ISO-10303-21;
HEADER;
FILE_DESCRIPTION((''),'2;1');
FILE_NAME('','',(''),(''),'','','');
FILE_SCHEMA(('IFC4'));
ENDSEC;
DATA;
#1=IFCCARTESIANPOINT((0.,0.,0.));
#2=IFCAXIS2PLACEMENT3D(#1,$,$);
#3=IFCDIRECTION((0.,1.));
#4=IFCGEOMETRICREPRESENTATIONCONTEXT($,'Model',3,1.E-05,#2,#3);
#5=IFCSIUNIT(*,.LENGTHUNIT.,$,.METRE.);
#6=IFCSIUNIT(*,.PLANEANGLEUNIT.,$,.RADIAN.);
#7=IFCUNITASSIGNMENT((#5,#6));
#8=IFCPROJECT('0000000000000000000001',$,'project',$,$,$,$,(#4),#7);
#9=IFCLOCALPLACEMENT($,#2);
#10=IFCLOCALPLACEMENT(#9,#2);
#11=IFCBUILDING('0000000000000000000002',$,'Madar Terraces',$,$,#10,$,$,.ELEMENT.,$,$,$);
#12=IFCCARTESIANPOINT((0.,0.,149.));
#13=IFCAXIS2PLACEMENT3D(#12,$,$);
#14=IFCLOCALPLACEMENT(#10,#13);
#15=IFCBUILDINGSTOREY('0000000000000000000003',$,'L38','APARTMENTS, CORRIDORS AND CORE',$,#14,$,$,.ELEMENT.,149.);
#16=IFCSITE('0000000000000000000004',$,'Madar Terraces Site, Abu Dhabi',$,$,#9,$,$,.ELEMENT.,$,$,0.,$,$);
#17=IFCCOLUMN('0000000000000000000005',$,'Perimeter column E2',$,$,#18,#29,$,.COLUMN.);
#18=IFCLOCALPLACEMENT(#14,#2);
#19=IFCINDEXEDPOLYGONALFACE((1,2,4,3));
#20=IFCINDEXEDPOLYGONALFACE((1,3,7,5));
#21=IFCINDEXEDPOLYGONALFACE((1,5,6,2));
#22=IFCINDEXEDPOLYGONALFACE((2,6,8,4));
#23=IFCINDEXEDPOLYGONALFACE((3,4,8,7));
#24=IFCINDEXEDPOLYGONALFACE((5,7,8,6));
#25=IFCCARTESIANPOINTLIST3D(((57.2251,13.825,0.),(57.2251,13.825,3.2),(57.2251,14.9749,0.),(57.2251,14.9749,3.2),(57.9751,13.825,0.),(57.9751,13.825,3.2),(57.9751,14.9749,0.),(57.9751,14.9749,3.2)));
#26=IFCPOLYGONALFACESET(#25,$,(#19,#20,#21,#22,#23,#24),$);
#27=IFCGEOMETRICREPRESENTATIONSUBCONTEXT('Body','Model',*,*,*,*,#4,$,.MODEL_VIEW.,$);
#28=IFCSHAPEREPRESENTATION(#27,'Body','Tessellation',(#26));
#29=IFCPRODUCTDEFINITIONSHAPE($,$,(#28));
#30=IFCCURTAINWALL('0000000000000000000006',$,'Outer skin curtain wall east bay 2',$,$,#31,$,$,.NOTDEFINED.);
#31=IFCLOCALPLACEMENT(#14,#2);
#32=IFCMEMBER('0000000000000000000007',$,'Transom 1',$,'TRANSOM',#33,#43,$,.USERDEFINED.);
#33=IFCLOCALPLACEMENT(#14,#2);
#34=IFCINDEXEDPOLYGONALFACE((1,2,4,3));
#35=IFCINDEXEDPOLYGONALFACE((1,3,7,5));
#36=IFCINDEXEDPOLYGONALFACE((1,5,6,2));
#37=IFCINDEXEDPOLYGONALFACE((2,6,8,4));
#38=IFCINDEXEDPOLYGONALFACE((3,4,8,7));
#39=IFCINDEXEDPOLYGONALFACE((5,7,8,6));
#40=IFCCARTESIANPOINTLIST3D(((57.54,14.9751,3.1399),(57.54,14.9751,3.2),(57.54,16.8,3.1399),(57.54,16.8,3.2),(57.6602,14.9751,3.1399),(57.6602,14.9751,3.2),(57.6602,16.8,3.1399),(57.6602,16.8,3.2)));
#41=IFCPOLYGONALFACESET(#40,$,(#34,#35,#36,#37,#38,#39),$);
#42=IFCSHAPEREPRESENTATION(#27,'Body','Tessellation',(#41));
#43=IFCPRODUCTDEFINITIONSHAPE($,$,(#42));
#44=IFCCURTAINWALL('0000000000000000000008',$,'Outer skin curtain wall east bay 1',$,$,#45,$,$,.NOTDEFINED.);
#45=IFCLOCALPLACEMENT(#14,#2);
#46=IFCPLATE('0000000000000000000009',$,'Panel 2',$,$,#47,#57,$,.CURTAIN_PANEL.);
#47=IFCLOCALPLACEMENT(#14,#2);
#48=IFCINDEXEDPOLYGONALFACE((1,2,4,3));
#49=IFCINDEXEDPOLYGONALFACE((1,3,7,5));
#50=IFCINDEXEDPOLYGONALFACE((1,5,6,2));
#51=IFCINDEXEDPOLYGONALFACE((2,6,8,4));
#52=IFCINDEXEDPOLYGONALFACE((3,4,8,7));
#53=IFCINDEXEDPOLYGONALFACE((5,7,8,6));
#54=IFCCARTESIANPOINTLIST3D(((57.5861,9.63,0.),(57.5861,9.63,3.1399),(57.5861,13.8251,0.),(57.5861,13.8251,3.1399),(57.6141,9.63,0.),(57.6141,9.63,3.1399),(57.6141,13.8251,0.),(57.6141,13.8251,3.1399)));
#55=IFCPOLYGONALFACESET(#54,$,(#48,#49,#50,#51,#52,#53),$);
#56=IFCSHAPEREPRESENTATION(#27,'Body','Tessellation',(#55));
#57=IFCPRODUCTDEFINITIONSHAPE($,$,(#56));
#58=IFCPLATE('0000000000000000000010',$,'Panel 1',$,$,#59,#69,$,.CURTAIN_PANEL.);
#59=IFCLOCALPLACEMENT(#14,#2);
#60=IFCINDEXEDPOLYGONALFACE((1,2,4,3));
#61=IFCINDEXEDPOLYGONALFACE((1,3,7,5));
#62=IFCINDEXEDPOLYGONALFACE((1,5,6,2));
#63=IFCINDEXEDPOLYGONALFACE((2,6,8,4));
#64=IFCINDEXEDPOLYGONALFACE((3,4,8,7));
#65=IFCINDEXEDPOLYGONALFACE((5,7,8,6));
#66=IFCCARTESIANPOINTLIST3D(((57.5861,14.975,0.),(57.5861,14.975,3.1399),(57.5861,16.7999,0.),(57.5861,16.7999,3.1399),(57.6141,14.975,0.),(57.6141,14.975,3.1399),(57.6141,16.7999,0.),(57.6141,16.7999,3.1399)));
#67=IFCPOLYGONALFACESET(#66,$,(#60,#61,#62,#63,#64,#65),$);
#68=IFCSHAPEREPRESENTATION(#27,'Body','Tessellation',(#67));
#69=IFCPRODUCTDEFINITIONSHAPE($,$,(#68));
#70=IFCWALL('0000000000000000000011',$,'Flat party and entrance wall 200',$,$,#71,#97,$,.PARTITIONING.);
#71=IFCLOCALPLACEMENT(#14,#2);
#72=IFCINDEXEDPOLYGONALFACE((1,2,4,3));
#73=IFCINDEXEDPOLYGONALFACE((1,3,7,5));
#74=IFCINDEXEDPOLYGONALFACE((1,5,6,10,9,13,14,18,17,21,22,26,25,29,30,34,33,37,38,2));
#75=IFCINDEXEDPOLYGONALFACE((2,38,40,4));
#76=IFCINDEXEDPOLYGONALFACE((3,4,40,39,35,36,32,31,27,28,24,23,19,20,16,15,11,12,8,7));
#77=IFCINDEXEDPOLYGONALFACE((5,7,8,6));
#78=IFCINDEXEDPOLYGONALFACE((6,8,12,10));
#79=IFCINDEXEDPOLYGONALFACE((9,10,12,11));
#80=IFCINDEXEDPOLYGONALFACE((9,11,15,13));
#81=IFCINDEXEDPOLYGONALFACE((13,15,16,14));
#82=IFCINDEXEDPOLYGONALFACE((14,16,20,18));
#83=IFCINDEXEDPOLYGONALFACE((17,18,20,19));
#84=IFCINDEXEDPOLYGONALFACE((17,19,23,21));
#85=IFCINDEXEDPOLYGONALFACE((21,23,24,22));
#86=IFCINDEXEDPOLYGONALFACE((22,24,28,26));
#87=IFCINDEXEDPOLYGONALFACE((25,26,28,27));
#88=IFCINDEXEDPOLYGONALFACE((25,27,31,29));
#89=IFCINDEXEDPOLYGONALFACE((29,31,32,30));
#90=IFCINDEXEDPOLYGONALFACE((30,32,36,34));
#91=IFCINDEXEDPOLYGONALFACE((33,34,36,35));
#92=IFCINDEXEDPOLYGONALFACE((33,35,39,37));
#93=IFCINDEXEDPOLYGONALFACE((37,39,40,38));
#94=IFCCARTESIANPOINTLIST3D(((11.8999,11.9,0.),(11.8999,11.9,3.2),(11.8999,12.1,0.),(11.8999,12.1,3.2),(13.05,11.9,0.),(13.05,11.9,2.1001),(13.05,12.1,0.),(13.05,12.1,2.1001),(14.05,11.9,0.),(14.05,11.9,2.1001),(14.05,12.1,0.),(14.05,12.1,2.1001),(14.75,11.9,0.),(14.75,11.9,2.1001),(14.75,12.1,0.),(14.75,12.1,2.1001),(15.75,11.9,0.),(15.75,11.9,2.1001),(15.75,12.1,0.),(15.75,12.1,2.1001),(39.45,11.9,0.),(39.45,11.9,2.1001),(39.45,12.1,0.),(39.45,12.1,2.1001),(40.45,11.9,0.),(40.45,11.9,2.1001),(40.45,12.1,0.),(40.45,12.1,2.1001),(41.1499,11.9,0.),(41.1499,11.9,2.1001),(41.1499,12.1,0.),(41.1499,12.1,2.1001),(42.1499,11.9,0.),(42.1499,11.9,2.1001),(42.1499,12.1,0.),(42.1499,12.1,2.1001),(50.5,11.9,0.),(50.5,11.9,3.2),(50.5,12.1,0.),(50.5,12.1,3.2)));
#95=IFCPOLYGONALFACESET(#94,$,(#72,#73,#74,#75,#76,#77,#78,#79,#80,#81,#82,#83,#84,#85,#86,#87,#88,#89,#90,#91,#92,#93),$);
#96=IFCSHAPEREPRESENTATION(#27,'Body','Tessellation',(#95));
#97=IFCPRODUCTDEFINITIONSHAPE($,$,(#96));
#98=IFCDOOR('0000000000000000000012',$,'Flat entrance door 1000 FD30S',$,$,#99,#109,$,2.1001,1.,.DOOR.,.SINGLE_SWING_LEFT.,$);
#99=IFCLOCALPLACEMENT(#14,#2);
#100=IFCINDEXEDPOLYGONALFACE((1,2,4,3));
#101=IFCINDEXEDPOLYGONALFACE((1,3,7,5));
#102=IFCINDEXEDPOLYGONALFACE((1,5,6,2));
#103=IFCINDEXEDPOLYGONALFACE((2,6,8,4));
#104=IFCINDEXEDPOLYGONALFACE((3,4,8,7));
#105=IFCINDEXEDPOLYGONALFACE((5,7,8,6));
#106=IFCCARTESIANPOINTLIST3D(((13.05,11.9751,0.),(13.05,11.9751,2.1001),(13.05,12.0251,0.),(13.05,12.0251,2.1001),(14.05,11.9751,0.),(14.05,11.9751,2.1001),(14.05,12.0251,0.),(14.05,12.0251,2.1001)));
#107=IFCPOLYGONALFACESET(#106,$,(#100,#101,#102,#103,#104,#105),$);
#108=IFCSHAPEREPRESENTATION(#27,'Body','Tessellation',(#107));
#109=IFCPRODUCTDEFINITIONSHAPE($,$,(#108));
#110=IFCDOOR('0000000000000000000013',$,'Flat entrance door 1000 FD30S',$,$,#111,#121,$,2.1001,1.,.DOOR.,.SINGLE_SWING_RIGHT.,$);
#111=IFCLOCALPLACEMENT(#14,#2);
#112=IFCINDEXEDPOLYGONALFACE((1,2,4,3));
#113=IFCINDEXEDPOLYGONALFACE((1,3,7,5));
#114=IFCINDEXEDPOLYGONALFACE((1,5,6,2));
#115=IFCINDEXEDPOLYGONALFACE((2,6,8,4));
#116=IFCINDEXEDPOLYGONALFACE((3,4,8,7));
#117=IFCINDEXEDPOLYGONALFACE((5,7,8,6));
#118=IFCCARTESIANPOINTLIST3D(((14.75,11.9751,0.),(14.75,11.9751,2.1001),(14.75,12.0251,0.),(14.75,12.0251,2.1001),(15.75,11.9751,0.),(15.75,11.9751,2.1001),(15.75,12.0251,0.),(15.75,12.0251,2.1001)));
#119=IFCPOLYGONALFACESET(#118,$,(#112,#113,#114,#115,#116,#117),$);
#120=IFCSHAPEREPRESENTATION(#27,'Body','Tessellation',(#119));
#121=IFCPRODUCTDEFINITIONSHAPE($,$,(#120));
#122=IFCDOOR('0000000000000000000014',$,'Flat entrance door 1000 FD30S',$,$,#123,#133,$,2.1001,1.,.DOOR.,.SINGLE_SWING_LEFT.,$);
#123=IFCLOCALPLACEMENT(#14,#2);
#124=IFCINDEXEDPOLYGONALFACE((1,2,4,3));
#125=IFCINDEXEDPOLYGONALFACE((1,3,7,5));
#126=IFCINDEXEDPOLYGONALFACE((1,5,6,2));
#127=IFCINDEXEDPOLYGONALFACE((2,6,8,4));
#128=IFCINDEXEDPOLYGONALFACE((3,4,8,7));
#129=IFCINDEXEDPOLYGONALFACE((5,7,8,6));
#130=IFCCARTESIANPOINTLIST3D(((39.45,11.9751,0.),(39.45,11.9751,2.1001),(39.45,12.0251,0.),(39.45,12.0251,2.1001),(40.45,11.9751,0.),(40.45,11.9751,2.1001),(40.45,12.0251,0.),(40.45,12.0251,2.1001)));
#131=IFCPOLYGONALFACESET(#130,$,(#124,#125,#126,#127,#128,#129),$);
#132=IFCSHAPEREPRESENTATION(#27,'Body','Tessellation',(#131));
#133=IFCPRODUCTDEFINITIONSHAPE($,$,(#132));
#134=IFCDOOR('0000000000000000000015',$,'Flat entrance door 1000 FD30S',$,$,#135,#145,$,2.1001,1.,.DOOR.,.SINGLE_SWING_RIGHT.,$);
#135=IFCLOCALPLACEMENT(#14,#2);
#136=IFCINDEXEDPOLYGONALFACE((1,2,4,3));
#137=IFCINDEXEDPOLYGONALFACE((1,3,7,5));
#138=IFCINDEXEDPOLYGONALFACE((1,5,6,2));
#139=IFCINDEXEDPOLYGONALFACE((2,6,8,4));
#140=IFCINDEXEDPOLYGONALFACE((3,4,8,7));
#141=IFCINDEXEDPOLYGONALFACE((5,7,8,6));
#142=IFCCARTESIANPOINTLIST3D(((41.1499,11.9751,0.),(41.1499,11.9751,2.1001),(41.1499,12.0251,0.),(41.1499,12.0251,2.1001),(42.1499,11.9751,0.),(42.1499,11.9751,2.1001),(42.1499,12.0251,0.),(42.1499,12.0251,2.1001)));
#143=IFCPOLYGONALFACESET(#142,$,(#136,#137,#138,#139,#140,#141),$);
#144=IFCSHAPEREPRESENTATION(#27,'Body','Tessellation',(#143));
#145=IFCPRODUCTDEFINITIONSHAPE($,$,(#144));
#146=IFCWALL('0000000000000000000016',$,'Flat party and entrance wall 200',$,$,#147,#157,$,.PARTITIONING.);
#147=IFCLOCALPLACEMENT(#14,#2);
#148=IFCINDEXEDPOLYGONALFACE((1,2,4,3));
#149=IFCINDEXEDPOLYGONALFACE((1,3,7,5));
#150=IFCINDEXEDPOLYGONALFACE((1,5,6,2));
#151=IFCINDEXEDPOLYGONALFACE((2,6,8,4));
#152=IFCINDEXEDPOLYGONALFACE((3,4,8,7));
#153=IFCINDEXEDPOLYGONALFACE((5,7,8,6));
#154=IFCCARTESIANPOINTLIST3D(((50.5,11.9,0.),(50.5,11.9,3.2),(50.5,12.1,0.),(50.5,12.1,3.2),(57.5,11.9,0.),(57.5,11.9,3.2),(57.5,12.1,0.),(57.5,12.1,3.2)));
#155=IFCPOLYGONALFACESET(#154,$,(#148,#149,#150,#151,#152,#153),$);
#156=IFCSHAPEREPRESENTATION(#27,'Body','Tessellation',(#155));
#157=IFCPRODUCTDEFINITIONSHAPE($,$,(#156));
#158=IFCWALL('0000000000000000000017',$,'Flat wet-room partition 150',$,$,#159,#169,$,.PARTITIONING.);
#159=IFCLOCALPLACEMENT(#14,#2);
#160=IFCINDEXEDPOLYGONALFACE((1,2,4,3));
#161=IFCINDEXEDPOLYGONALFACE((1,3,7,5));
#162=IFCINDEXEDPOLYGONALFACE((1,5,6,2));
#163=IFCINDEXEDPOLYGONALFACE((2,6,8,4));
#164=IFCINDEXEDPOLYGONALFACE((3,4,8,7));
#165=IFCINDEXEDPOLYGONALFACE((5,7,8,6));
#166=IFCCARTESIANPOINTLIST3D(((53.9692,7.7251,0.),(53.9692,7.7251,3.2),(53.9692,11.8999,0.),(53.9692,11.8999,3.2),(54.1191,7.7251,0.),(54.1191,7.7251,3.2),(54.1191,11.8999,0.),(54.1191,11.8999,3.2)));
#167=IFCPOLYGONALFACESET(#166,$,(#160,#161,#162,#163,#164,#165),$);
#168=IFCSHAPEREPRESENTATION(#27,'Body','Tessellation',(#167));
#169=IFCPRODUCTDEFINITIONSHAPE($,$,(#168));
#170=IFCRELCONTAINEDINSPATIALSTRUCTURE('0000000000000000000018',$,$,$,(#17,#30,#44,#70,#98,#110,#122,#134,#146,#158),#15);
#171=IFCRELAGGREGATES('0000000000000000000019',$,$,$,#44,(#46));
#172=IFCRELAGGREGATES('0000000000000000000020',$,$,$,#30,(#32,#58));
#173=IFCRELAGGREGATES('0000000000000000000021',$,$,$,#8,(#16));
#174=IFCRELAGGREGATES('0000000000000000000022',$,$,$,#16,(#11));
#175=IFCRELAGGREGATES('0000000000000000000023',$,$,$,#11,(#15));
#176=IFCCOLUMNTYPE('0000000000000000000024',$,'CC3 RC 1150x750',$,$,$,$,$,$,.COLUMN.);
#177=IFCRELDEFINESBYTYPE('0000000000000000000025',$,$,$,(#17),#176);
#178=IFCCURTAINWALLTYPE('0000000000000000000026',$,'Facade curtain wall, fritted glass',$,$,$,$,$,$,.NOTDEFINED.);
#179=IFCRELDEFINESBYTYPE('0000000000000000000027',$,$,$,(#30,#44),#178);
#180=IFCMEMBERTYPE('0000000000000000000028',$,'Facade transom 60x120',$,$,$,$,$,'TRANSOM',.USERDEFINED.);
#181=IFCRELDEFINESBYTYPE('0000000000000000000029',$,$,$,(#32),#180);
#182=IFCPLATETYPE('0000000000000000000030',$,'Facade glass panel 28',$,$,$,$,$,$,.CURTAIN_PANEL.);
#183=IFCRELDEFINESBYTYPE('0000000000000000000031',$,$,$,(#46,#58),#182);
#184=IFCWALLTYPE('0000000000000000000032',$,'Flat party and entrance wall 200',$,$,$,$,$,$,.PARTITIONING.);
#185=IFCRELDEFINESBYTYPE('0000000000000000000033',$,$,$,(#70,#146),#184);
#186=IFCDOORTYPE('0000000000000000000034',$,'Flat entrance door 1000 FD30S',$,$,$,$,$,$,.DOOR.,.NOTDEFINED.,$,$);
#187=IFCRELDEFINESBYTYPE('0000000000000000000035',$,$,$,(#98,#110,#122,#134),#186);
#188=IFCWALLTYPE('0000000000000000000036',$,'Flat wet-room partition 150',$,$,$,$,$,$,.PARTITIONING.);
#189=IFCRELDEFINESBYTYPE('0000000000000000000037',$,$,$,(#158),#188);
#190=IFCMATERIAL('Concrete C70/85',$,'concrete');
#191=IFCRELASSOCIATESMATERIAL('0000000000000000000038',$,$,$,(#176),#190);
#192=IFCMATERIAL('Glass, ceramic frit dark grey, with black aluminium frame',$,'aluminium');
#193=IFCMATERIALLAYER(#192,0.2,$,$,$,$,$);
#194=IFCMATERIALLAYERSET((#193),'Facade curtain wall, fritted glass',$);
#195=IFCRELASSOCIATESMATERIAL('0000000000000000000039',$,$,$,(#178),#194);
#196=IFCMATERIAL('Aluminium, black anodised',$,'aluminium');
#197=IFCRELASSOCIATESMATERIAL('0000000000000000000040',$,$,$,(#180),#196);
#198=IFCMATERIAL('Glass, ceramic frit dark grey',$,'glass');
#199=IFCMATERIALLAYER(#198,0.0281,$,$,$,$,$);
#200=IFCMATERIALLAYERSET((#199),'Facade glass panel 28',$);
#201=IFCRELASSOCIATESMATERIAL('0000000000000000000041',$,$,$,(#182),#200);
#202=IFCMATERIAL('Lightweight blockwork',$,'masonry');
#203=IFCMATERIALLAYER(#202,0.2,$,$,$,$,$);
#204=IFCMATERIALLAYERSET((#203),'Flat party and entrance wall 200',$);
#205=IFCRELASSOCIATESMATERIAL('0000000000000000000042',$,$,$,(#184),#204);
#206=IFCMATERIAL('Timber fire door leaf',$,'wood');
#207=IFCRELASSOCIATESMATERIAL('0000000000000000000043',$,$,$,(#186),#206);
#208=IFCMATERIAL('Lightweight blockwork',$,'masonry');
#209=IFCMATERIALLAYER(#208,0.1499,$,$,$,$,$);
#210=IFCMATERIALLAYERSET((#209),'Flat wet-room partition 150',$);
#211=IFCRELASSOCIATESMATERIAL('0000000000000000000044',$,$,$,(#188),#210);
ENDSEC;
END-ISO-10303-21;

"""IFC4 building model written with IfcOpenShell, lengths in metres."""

from ifc_helpers import new_model, si_unit, direction, frame, frame_2d, origin, origin_2d, place, context, subcontext, project, spatial, rectangle, extrude, material, layer, layer_set, material_profile, profile_set, type_object, element, fill, aggregate, save


model = new_model("IFC4")

# Units and contexts
model_context = context("Model", 3, precision=1e-05, world=origin(), true_north=direction((0.0, 1.0)))
body_context = subcontext(model_context, "Body", "Model", "MODEL_VIEW")
ifc_project = project(units=[si_unit("LENGTHUNIT", "METRE"), si_unit("PLANEANGLEUNIT", "RADIAN")], contexts=[model_context])

# Site, building, storey
site_placement = place(None, origin())
site = spatial("IfcSite", under=ifc_project, at=site_placement, Name="Madar Terraces Site, Abu Dhabi", CompositionType="ELEMENT", RefElevation=0.0)
building_placement = place(site_placement, origin())
building = spatial("IfcBuilding", under=site, at=building_placement, Name="Madar Terraces", CompositionType="ELEMENT")
storey_placement = place(building_placement, frame((0.0, 0.0, 149.0)))
storey = spatial("IfcBuildingStorey", under=building, at=storey_placement, Name="L38", Description="APARTMENTS, CORRIDORS AND CORE", CompositionType="ELEMENT", Elevation=149.0)

# Column
ifc_material_1 = material(Name="Concrete C70/85", Category="concrete")
ifc_material_profile_1 = material_profile(ifc_material_1, rectangle(XDim=1.1499, YDim=0.75, at=origin_2d()), Name="CC3 RC 1150x750")
ifc_profile_set_1 = profile_set([ifc_material_profile_1], Name="Concrete C70/85")
column_type = type_object("IfcColumnType", Name="CC3 RC 1150x750", PredefinedType="COLUMN", material=ifc_profile_set_1)
column_placement = place(storey_placement, frame((57.6001, 14.3999, 0.0), z_axis=(0.0, 0.0, 1.0), x_axis=(0.0, 1.0, 0.0)))
element("IfcColumn", 1, at=column_placement, inside=storey, type_object=column_type, Name="Perimeter column E2", PredefinedType="COLUMN", context=body_context, shape_type="SweptSolid", body=[
    extrude(rectangle(XDim=1.1499, YDim=0.75, at=origin_2d()), origin(), (0.0, 0.0, 1.0), 3.2),
])

# Curtain wall, member
ifc_material_2 = material(Name="Glass, ceramic frit dark grey, with black aluminium frame", Category="aluminium")
ifc_layer_1 = layer(ifc_material_2, 0.2)
ifc_layer_set_1 = layer_set([ifc_layer_1], Name="Facade curtain wall, fritted glass")
curtain_wall_type = type_object("IfcCurtainWallType", Name="Facade curtain wall, fritted glass", PredefinedType="NOTDEFINED", material=ifc_layer_set_1)
curtain_wall_1_placement = place(storey_placement, origin())
curtain_wall_1 = element("IfcCurtainWall", 2, at=curtain_wall_1_placement, inside=storey, type_object=curtain_wall_type, Name="Outer skin curtain wall east bay 2", PredefinedType="NOTDEFINED")
ifc_material_3 = material(Name="Aluminium, black anodised", Category="aluminium")
ifc_material_profile_2 = material_profile(ifc_material_3, rectangle(XDim=0.1201, YDim=0.0601, at=origin_2d()), Name="Facade transom 60x120")
ifc_profile_set_2 = profile_set([ifc_material_profile_2], Name="Aluminium, black anodised")
member_type = type_object("IfcMemberType", Name="Facade transom 60x120", ElementType="TRANSOM", PredefinedType="USERDEFINED", material=ifc_profile_set_2)
member_placement = place(storey_placement, frame((57.6001, 14.9751, 3.1699), z_axis=(0.0, 1.0, 0.0), x_axis=(-1.0, 0.0, 0.0)))
member = element("IfcMember", 3, at=member_placement, type_object=member_type, Name="Transom 1", ObjectType="TRANSOM", PredefinedType="USERDEFINED", context=body_context, shape_type="SweptSolid", body=[
    extrude(rectangle(XDim=0.1201, YDim=0.0601, at=origin_2d()), origin(), (0.0, 0.0, 1.0), 1.825),
])

# Curtain wall, plate
curtain_wall_2_placement = place(storey_placement, origin())
curtain_wall_2 = element("IfcCurtainWall", 4, at=curtain_wall_2_placement, inside=storey, type_object=curtain_wall_type, Name="Outer skin curtain wall east bay 1", PredefinedType="NOTDEFINED")
ifc_material_4 = material(Name="Glass, ceramic frit dark grey", Category="glass")
ifc_layer_2 = layer(ifc_material_4, 0.0281)
ifc_layer_set_2 = layer_set([ifc_layer_2], Name="Facade glass panel 28")
plate_type = type_object("IfcPlateType", Name="Facade glass panel 28", PredefinedType="CURTAIN_PANEL", material=ifc_layer_set_2)
plate_1_placement = place(storey_placement, frame((57.6001, 11.7275, 0.0), z_axis=(0.0, 0.0, 1.0), x_axis=(0.0, 1.0, 0.0)))
plate_1 = element("IfcPlate", 5, at=plate_1_placement, type_object=plate_type, Name="Panel 2", PredefinedType="CURTAIN_PANEL", context=body_context, shape_type="SweptSolid", body=[
    extrude(rectangle(XDim=4.1951, YDim=0.0281, at=origin_2d()), origin(), (0.0, 0.0, 1.0), 3.1399),
])
aggregate(curtain_wall_2, [plate_1])

# Plate
plate_2_placement = place(storey_placement, frame((57.6001, 15.8875, 0.0), z_axis=(0.0, 0.0, 1.0), x_axis=(0.0, 1.0, 0.0)))
plate_2 = element("IfcPlate", 6, at=plate_2_placement, type_object=plate_type, Name="Panel 1", PredefinedType="CURTAIN_PANEL", context=body_context, shape_type="SweptSolid", body=[
    extrude(rectangle(XDim=1.825, YDim=0.0281, at=origin_2d()), origin(), (0.0, 0.0, 1.0), 3.1399),
])
aggregate(curtain_wall_1, [member, plate_2])

# Wall, openings, doors
ifc_material_5 = material(Name="Lightweight blockwork", Category="masonry")
ifc_layer_3 = layer(ifc_material_5, 0.2)
ifc_layer_set_3 = layer_set([ifc_layer_3], Name="Flat party and entrance wall 200")
wall_type_1 = type_object("IfcWallType", Name="Flat party and entrance wall 200", PredefinedType="PARTITIONING", material=ifc_layer_set_3)
wall_1_placement = place(storey_placement, frame((50.5, 12.0, 0.0), z_axis=(0.0, 0.0, 1.0), x_axis=(-1.0, 0.0, 0.0)))
wall_1 = element("IfcWall", 7, at=wall_1_placement, inside=storey, type_object=wall_type_1, Name="Flat party and entrance wall 200", PredefinedType="PARTITIONING", context=body_context, shape_type="SweptSolid", body=[
    extrude(rectangle(XDim=38.6001, YDim=0.2, at=frame_2d((19.3, 0.0))), origin(), (0.0, 0.0, 1.0), 3.2),
])
opening_1_placement = place(wall_1_placement, frame((36.45, 0.0, 0.0)))
opening_1 = element("IfcOpeningElement", 8, at=opening_1_placement, cuts=wall_1, PredefinedType="OPENING", context=body_context, shape_type="SweptSolid", body=[
    extrude(rectangle(XDim=1.0, YDim=2.1001, at=frame_2d((0.5, 1.05))), frame((0.0, 0.1099, 0.0), z_axis=(0.0, -1.0, 0.0), x_axis=(1.0, 0.0, 0.0)), (0.0, 0.0, 1.0), 0.22),
])
opening_2_placement = place(wall_1_placement, frame((34.75, 0.0, 0.0)))
opening_2 = element("IfcOpeningElement", 9, at=opening_2_placement, cuts=wall_1, PredefinedType="OPENING", context=body_context, shape_type="SweptSolid", body=[
    extrude(rectangle(XDim=1.0, YDim=2.1001, at=frame_2d((0.5, 1.05))), frame((0.0, 0.1099, 0.0), z_axis=(0.0, -1.0, 0.0), x_axis=(1.0, 0.0, 0.0)), (0.0, 0.0, 1.0), 0.22),
])
opening_3_placement = place(wall_1_placement, frame((10.05, 0.0, 0.0)))
opening_3 = element("IfcOpeningElement", 10, at=opening_3_placement, cuts=wall_1, PredefinedType="OPENING", context=body_context, shape_type="SweptSolid", body=[
    extrude(rectangle(XDim=1.0, YDim=2.1001, at=frame_2d((0.5, 1.05))), frame((0.0, 0.1099, 0.0), z_axis=(0.0, -1.0, 0.0), x_axis=(1.0, 0.0, 0.0)), (0.0, 0.0, 1.0), 0.22),
])
opening_4_placement = place(wall_1_placement, frame((8.3501, 0.0, 0.0)))
opening_4 = element("IfcOpeningElement", 11, at=opening_4_placement, cuts=wall_1, PredefinedType="OPENING", context=body_context, shape_type="SweptSolid", body=[
    extrude(rectangle(XDim=1.0, YDim=2.1001, at=frame_2d((0.5, 1.05))), frame((0.0, 0.1099, 0.0), z_axis=(0.0, -1.0, 0.0), x_axis=(1.0, 0.0, 0.0)), (0.0, 0.0, 1.0), 0.22),
])
ifc_material_6 = material(Name="Timber fire door leaf", Category="wood")
door_type_1 = type_object("IfcDoorType", Name="Flat entrance door 1000 FD30S", OperationType="NOTDEFINED", PredefinedType="DOOR", material=ifc_material_6)
door_1_placement = place(opening_1_placement, origin())
door_1 = element("IfcDoor", 12, at=door_1_placement, inside=storey, type_object=door_type_1, Name="Flat entrance door 1000 FD30S", OperationType="SINGLE_SWING_LEFT", OverallHeight=2.1001, OverallWidth=1.0, PredefinedType="DOOR", context=body_context, shape_type="SweptSolid", body=[
    extrude(rectangle(XDim=1.0, YDim=2.1001, at=frame_2d((0.5, 1.05))), frame((0.0, 0.0249, 0.0), z_axis=(0.0, -1.0, 0.0), x_axis=(1.0, 0.0, 0.0)), (0.0, 0.0, 1.0), 0.05),
])
fill(opening_1, door_1)
door_2_placement = place(opening_2_placement, origin())
door_2 = element("IfcDoor", 13, at=door_2_placement, inside=storey, type_object=door_type_1, Name="Flat entrance door 1000 FD30S", OperationType="SINGLE_SWING_RIGHT", OverallHeight=2.1001, OverallWidth=1.0, PredefinedType="DOOR", context=body_context, shape_type="SweptSolid", body=[
    extrude(rectangle(XDim=1.0, YDim=2.1001, at=frame_2d((0.5, 1.05))), frame((0.0, 0.0249, 0.0), z_axis=(0.0, -1.0, 0.0), x_axis=(1.0, 0.0, 0.0)), (0.0, 0.0, 1.0), 0.05),
])
fill(opening_2, door_2)
door_3_placement = place(opening_3_placement, origin())
door_3 = element("IfcDoor", 14, at=door_3_placement, inside=storey, type_object=door_type_1, Name="Flat entrance door 1000 FD30S", OperationType="SINGLE_SWING_LEFT", OverallHeight=2.1001, OverallWidth=1.0, PredefinedType="DOOR", context=body_context, shape_type="SweptSolid", body=[
    extrude(rectangle(XDim=1.0, YDim=2.1001, at=frame_2d((0.5, 1.05))), frame((0.0, 0.0249, 0.0), z_axis=(0.0, -1.0, 0.0), x_axis=(1.0, 0.0, 0.0)), (0.0, 0.0, 1.0), 0.05),
])
fill(opening_3, door_3)
door_4_placement = place(opening_4_placement, origin())
door_4 = element("IfcDoor", 15, at=door_4_placement, inside=storey, type_object=door_type_1, Name="Flat entrance door 1000 FD30S", OperationType="SINGLE_SWING_RIGHT", OverallHeight=2.1001, OverallWidth=1.0, PredefinedType="DOOR", context=body_context, shape_type="SweptSolid", body=[
    extrude(rectangle(XDim=1.0, YDim=2.1001, at=frame_2d((0.5, 1.05))), frame((0.0, 0.0249, 0.0), z_axis=(0.0, -1.0, 0.0), x_axis=(1.0, 0.0, 0.0)), (0.0, 0.0, 1.0), 0.05),
])
fill(opening_4, door_4)

# Walls
wall_2_placement = place(storey_placement, frame((50.5, 12.0, 0.0), z_axis=(0.0, 0.0, 1.0), x_axis=(1.0, 0.0, 0.0)))
element("IfcWall", 16, at=wall_2_placement, inside=storey, type_object=wall_type_1, Name="Flat party and entrance wall 200", PredefinedType="PARTITIONING", context=body_context, shape_type="SweptSolid", body=[
    extrude(rectangle(XDim=7.0, YDim=0.2, at=frame_2d((3.5, 0.0))), origin(), (0.0, 0.0, 1.0), 3.2),
])
ifc_material_7 = material(Name="Lightweight blockwork", Category="masonry")
ifc_layer_4 = layer(ifc_material_7, 0.1499)
ifc_layer_set_4 = layer_set([ifc_layer_4], Name="Flat wet-room partition 150")
wall_type_2 = type_object("IfcWallType", Name="Flat wet-room partition 150", PredefinedType="PARTITIONING", material=ifc_layer_set_4)
wall_3_placement = place(storey_placement, frame((54.0442, 11.8999, 0.0), z_axis=(0.0, 0.0, 1.0), x_axis=(0.0, -1.0, 0.0)))
element("IfcWall", 17, at=wall_3_placement, inside=storey, type_object=wall_type_2, Name="Flat wet-room partition 150", PredefinedType="PARTITIONING", context=body_context, shape_type="SweptSolid", body=[
    extrude(rectangle(XDim=4.1748, YDim=0.1499, at=frame_2d((2.0874, 0.0))), origin(), (0.0, 0.0, 1.0), 3.2),
])

save(model, "model.ifc")
